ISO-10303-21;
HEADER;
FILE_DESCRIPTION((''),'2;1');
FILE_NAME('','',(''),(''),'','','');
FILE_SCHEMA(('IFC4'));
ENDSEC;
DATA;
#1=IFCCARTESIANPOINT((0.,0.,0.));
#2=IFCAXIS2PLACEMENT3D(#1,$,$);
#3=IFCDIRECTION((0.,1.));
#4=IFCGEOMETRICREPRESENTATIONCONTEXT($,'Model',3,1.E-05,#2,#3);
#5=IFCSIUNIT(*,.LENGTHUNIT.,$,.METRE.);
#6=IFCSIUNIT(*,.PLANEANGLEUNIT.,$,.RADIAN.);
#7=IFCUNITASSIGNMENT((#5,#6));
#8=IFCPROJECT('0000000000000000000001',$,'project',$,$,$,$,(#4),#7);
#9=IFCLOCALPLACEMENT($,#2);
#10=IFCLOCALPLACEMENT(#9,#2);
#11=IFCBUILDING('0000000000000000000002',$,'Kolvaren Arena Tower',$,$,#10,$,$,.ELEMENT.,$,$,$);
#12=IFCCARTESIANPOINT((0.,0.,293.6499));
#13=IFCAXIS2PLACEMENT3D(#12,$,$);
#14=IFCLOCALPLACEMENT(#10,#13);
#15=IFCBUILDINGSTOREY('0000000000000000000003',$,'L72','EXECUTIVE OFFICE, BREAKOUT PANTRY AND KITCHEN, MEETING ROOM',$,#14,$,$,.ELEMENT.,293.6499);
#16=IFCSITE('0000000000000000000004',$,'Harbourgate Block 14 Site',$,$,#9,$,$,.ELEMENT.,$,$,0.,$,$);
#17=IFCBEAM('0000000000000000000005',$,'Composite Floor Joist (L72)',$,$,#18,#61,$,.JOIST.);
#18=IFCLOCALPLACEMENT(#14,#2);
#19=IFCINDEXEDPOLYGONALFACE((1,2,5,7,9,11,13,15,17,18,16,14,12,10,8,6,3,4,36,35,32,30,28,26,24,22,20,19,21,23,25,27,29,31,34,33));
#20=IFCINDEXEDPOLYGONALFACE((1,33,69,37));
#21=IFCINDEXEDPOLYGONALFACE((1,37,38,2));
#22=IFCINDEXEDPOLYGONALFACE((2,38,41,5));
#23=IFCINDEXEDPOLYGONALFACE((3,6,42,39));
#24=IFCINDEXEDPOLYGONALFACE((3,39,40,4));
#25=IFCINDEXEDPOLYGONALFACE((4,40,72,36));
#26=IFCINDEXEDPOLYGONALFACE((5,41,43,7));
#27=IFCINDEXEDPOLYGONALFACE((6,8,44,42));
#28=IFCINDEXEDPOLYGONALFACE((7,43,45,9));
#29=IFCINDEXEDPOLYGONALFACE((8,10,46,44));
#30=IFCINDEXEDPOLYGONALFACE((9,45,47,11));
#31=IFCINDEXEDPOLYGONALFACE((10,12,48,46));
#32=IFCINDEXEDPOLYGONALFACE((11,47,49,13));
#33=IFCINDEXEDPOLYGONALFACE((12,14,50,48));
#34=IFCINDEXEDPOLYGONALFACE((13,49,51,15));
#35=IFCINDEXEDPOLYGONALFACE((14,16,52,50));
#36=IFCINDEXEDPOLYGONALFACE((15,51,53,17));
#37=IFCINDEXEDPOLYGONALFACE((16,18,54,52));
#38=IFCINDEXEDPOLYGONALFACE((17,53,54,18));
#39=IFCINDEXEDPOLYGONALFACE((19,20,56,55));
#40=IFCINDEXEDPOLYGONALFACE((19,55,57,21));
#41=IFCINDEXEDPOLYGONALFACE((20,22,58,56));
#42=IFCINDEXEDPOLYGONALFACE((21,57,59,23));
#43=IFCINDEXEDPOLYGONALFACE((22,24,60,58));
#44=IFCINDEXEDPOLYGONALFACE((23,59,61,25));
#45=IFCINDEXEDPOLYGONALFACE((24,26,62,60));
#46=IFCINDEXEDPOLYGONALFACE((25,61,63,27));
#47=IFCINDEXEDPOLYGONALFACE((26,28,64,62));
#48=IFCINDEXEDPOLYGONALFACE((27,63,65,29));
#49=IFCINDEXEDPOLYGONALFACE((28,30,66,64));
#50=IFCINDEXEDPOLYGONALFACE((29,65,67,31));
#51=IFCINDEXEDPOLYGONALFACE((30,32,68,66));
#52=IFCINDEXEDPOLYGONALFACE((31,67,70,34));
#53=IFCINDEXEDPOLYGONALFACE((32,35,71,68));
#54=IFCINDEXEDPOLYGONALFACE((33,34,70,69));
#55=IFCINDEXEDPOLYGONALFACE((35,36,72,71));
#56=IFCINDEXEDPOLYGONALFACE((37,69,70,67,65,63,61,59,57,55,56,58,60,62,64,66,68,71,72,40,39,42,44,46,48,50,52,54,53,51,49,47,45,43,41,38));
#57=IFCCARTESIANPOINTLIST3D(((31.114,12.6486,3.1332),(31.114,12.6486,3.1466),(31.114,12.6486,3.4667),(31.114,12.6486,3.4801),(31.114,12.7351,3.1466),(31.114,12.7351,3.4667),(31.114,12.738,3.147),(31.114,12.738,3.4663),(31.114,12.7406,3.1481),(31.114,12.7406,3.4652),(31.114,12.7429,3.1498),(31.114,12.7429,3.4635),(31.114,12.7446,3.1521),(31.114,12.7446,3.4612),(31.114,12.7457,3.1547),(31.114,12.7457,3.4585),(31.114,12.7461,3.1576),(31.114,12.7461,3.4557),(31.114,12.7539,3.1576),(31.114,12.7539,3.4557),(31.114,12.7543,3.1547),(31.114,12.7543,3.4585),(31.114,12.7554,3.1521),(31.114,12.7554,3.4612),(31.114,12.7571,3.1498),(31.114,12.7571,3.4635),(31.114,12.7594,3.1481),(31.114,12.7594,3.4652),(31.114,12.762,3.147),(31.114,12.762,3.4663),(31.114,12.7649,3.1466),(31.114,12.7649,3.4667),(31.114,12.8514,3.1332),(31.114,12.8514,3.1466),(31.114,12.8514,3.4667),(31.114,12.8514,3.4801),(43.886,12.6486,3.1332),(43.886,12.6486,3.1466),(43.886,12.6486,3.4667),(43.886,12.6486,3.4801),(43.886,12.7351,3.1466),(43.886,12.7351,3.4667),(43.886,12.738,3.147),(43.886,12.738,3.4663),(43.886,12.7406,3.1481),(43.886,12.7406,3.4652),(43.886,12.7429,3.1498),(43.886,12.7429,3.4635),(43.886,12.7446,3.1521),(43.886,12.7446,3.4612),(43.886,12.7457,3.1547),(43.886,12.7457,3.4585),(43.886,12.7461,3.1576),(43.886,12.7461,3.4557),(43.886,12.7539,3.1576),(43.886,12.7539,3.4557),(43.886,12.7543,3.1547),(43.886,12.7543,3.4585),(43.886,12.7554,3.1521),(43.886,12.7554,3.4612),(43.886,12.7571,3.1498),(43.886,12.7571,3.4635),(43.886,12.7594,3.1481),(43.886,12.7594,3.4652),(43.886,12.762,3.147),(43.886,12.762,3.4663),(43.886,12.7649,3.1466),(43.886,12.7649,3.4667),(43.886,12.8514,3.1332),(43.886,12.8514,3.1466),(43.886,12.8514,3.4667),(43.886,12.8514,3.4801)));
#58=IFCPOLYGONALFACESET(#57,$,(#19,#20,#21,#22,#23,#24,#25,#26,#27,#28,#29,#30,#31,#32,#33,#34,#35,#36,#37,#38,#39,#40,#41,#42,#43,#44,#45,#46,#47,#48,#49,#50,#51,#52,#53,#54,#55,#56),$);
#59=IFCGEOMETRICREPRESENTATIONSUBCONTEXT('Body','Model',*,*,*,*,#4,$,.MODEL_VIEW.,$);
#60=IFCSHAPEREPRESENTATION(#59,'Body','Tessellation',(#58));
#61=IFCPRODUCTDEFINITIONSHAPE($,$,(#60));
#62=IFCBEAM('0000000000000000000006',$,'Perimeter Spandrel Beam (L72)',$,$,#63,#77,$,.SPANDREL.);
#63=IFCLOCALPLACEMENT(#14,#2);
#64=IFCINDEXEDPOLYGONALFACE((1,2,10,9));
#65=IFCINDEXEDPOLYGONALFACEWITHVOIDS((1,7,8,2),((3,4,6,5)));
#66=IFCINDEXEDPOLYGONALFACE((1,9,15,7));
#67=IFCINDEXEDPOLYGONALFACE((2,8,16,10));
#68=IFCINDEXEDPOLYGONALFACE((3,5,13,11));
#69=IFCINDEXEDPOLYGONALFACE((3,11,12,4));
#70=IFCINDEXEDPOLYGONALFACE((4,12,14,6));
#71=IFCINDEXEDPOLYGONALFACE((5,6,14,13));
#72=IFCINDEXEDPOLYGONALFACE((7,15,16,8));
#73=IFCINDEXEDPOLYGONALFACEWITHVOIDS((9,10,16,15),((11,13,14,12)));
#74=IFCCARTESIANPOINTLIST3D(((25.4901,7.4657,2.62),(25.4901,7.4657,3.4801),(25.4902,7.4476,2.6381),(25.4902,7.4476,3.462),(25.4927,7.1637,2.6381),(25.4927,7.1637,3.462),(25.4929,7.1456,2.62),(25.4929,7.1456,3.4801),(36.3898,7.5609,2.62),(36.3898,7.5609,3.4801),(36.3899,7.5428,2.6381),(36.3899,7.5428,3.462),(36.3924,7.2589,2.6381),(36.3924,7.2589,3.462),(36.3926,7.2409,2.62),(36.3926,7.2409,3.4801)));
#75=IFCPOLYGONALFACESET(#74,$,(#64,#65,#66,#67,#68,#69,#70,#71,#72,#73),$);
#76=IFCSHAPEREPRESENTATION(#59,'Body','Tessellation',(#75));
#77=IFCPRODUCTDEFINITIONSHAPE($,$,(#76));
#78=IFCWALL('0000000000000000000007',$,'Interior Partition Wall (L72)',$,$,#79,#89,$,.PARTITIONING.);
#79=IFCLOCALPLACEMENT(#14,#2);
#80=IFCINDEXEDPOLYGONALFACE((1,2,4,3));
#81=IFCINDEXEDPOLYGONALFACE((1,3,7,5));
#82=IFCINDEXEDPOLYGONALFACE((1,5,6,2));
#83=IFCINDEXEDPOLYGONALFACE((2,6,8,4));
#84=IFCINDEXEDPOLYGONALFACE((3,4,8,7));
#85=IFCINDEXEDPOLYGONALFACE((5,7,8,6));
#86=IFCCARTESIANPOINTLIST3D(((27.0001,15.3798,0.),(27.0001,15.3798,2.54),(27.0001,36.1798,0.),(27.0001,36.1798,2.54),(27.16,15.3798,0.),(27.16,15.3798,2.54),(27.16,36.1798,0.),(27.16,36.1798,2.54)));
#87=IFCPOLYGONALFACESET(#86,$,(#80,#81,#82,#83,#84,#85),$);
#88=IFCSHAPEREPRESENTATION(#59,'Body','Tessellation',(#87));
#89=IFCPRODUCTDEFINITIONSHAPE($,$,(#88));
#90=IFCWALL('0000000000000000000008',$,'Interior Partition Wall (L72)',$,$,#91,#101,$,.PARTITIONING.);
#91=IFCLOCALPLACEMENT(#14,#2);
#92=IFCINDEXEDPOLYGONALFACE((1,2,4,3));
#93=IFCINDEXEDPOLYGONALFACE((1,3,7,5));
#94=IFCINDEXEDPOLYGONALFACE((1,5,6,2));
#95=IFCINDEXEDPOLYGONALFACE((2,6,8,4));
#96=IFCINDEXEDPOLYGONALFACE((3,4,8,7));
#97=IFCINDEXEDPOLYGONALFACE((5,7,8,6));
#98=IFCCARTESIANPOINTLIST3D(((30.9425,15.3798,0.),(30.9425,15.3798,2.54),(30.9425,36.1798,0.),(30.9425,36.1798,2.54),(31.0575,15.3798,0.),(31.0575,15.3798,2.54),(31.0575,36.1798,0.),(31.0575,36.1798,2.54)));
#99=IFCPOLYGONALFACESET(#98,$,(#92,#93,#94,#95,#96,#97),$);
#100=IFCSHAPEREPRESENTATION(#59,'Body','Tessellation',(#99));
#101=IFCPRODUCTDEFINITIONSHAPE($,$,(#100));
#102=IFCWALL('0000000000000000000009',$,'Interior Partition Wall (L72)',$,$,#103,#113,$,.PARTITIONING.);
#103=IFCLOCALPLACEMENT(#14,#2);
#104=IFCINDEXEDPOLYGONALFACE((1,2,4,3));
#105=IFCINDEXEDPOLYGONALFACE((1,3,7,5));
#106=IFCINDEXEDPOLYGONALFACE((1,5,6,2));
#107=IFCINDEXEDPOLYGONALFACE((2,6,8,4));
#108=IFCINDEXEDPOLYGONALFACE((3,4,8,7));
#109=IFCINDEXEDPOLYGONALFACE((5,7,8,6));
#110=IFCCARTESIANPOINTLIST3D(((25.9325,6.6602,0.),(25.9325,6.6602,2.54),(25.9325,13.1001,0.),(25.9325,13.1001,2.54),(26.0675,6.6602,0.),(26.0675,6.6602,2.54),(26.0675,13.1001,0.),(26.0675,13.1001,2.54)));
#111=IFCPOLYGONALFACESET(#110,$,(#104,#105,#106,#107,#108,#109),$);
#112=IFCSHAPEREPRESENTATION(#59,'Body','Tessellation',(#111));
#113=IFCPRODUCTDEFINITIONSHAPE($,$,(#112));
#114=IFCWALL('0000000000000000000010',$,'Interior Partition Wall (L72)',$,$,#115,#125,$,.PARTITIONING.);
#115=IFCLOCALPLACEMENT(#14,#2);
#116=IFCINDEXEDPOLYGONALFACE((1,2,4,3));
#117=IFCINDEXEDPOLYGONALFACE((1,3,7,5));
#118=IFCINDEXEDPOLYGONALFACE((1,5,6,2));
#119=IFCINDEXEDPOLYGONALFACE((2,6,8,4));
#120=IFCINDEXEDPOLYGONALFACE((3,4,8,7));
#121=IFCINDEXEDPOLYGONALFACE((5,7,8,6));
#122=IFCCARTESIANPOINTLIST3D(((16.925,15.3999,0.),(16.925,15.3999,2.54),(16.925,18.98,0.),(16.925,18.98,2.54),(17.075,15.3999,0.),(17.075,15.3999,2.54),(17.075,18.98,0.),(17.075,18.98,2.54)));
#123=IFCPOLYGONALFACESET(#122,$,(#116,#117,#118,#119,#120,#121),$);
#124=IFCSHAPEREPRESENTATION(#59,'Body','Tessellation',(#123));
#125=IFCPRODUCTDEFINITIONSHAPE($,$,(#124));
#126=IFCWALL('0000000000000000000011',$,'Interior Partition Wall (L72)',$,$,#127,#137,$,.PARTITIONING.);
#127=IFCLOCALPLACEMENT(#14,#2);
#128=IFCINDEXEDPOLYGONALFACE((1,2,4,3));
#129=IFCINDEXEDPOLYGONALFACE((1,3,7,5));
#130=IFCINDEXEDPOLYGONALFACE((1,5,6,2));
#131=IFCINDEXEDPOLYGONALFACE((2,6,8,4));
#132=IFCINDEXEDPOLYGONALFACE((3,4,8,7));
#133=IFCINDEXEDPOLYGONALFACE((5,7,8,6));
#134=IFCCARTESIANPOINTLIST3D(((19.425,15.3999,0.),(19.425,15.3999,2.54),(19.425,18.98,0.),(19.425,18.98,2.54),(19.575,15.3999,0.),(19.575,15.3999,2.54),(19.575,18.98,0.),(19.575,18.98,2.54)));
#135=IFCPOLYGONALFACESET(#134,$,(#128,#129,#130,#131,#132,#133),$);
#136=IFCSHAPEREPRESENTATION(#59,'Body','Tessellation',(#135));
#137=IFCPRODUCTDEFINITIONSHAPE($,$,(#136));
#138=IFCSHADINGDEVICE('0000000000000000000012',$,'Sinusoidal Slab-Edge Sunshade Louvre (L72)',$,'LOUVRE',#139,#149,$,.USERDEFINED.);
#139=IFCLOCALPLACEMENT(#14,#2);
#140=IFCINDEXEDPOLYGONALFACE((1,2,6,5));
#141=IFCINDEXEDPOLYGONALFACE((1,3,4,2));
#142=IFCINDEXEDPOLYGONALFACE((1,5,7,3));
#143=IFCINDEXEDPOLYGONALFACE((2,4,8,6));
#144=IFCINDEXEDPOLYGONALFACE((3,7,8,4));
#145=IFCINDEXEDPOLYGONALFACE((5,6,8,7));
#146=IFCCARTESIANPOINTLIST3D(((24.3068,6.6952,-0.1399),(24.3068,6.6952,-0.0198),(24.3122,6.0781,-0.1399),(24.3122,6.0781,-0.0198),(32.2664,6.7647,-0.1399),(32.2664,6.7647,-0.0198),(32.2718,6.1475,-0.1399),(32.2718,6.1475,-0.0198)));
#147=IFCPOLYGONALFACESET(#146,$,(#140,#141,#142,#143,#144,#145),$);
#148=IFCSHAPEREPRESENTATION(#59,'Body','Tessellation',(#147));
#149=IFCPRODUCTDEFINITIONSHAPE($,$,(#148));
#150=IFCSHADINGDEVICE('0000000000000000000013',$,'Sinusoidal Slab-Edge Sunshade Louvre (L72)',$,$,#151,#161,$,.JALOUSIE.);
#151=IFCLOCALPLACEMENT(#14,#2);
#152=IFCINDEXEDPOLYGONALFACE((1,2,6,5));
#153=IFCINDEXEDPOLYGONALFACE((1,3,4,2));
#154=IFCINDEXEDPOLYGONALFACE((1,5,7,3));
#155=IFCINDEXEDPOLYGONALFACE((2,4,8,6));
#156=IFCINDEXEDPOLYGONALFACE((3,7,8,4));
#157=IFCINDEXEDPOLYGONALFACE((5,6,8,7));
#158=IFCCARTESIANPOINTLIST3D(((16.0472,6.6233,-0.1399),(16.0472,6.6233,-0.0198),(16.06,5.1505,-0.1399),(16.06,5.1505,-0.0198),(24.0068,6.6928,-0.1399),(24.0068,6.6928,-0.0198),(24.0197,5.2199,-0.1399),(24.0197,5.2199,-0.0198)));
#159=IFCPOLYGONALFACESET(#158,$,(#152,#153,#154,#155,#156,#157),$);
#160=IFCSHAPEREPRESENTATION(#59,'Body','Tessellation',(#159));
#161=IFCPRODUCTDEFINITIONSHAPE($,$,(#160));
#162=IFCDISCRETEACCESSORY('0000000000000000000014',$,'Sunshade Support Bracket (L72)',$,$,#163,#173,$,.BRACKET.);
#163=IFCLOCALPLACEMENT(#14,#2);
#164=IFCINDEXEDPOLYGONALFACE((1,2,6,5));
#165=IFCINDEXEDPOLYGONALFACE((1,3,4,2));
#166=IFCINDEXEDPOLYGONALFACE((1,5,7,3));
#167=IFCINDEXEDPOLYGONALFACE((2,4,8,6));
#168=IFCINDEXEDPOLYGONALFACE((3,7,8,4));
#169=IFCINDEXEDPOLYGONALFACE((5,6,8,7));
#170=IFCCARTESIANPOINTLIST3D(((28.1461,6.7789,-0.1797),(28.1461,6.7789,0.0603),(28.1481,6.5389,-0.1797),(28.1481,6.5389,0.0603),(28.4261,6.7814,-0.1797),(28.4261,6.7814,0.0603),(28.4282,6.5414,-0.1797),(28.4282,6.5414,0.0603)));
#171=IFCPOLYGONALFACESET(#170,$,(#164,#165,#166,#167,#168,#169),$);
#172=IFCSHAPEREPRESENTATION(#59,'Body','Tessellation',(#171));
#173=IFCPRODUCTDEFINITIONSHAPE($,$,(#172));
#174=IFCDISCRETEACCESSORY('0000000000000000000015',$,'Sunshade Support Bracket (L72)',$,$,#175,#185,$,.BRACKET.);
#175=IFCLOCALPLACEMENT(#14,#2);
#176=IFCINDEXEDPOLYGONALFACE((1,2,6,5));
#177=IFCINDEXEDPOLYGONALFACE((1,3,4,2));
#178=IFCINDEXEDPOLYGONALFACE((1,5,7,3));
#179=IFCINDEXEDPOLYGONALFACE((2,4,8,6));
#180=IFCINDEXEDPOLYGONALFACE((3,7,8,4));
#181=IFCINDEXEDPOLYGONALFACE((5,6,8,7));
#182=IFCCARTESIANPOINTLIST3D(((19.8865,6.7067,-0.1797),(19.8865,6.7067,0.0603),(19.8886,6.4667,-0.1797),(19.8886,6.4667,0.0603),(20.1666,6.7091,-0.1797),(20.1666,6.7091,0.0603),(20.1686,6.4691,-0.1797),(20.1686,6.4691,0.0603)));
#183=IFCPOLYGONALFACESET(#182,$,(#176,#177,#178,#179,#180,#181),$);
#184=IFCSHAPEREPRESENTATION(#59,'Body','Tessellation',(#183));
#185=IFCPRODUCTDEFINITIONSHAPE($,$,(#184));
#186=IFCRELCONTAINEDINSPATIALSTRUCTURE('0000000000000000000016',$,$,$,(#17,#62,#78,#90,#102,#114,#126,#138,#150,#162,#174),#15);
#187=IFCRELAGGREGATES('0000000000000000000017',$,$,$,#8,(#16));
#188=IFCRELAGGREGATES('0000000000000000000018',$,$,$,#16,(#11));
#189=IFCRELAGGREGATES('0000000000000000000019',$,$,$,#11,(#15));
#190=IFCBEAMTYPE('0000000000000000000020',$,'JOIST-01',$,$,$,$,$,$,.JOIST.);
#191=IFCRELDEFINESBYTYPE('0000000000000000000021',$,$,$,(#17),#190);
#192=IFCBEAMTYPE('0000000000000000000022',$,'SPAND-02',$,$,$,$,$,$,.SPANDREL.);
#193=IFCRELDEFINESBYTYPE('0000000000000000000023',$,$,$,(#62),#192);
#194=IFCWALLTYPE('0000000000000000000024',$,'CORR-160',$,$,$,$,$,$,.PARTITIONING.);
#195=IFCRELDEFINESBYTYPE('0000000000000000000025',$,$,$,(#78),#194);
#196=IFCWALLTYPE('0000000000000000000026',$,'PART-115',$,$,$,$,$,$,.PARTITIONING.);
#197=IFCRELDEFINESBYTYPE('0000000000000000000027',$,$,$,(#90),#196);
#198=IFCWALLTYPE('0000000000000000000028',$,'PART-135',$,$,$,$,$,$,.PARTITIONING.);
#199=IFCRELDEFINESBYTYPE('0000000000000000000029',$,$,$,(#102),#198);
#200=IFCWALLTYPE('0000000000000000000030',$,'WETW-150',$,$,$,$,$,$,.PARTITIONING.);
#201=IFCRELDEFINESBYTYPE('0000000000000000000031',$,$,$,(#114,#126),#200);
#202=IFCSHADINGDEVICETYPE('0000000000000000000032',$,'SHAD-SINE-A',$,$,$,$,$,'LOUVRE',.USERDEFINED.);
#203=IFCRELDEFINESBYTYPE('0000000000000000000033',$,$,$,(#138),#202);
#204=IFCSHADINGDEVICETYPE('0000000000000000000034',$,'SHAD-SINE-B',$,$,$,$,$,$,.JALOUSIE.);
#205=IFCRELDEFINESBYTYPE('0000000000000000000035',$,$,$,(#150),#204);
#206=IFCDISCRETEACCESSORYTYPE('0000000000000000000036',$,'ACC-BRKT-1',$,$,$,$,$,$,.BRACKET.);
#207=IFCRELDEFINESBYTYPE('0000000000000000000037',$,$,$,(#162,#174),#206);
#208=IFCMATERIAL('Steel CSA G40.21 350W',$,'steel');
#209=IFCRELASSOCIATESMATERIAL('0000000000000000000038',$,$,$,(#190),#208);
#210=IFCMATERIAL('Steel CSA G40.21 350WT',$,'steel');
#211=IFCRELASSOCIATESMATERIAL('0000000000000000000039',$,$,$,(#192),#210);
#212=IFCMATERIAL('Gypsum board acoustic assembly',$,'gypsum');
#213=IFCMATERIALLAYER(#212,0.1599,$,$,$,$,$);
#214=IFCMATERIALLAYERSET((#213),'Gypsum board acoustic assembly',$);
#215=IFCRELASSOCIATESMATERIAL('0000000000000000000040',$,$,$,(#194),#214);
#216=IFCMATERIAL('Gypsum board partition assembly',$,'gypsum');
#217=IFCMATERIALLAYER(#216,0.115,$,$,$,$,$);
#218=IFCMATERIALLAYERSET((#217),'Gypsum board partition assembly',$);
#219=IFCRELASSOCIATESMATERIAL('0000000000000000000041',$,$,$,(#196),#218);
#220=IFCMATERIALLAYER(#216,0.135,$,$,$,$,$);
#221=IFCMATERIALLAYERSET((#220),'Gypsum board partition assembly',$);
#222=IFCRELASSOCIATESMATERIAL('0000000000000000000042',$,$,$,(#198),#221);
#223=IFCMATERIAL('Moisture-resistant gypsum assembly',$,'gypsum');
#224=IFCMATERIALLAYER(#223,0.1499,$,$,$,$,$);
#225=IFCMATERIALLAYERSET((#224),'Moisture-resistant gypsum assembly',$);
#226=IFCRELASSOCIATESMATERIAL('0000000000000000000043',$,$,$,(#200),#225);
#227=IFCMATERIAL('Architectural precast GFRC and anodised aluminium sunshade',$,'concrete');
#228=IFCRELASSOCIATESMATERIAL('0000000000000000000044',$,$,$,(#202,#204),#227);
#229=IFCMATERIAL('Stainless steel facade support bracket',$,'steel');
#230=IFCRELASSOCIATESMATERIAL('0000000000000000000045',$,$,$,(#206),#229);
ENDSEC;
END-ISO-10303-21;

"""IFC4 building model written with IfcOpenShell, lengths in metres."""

from ifc_helpers import new_model, si_unit, direction, frame, frame_2d, origin, origin_2d, place, context, subcontext, project, spatial, rectangle, hollow_rectangle, i_section, extrude, material, layer, layer_set, material_profile, profile_set, type_object, element, save


model = new_model("IFC4")

# Units and contexts
model_context = context("Model", 3, precision=1e-05, world=origin(), true_north=direction((0.0, 1.0)))
body_context = subcontext(model_context, "Body", "Model", "MODEL_VIEW")
ifc_project = project(units=[si_unit("LENGTHUNIT", "METRE"), si_unit("PLANEANGLEUNIT", "RADIAN")], contexts=[model_context])

# Site, building, storey
site_placement = place(None, origin())
site = spatial("IfcSite", under=ifc_project, at=site_placement, Name="Harbourgate Block 14 Site", CompositionType="ELEMENT", RefElevation=0.0)
building_placement = place(site_placement, origin())
building = spatial("IfcBuilding", under=site, at=building_placement, Name="Kolvaren Arena Tower", CompositionType="ELEMENT")
storey_placement = place(building_placement, frame((0.0, 0.0, 293.6499)))
storey = spatial("IfcBuildingStorey", under=building, at=storey_placement, Name="L72", Description="EXECUTIVE OFFICE, BREAKOUT PANTRY AND KITCHEN, MEETING ROOM", CompositionType="ELEMENT", Elevation=293.6499)

# Beams
ifc_material_1 = material(Name="Steel CSA G40.21 350W", Category="steel")
ifc_material_profile_1 = material_profile(ifc_material_1, i_section(OverallWidth=0.2029, OverallDepth=0.3469, WebThickness=0.0078, FlangeThickness=0.0134, FilletRadius=0.011, at=origin_2d()), Name="W360x64")
ifc_profile_set_1 = profile_set([ifc_material_profile_1], Name="Steel CSA G40.21 350W")
beam_type_1 = type_object("IfcBeamType", Name="JOIST-01", PredefinedType="JOIST", material=ifc_profile_set_1)
beam_1_placement = place(storey_placement, frame((31.114, 12.75, 3.3066), z_axis=(1.0, 0.0, 0.0), x_axis=(0.0, 1.0, 0.0)))
element("IfcBeam", 1, at=beam_1_placement, inside=storey, type_object=beam_type_1, Name="Composite Floor Joist (L72)", PredefinedType="JOIST", context=body_context, shape_type="SweptSolid", body=[
    extrude(i_section(OverallWidth=0.2029, OverallDepth=0.3469, WebThickness=0.0078, FlangeThickness=0.0134, FilletRadius=0.011, at=origin_2d()), origin(), (0.0, 0.0, 1.0), 12.772),
])
ifc_material_2 = material(Name="Steel CSA G40.21 350WT", Category="steel")
ifc_material_profile_2 = material_profile(ifc_material_2, hollow_rectangle(XDim=0.3201, YDim=0.8601, WallThickness=0.0181, at=origin_2d()), Name="HSS 860x320x18")
ifc_profile_set_2 = profile_set([ifc_material_profile_2], Name="Steel CSA G40.21 350WT")
beam_type_2 = type_object("IfcBeamType", Name="SPAND-02", PredefinedType="SPANDREL", material=ifc_profile_set_2)
beam_2_placement = place(storey_placement, frame((25.4915, 7.3057, 3.05), z_axis=(0.999962, 0.008735, 0.0), x_axis=(-0.008735, 0.999962, 0.0)))
element("IfcBeam", 2, at=beam_2_placement, inside=storey, type_object=beam_type_2, Name="Perimeter Spandrel Beam (L72)", PredefinedType="SPANDREL", context=body_context, shape_type="SweptSolid", body=[
    extrude(hollow_rectangle(XDim=0.3201, YDim=0.8601, WallThickness=0.0181, at=origin_2d()), origin(), (0.0, 0.0, 1.0), 10.9001),
])

# Shared definitions
ifc_material_3 = material(Name="Gypsum board acoustic assembly", Category="gypsum")
ifc_layer_1 = layer(ifc_material_3, 0.1599)
ifc_layer_set_1 = layer_set([ifc_layer_1], Name="Gypsum board acoustic assembly")
wall_type_1 = type_object("IfcWallType", Name="CORR-160", PredefinedType="PARTITIONING", material=ifc_layer_set_1)

# Walls
wall_1_placement = place(storey_placement, frame((27.0801, 15.3799, 0.0), z_axis=(0.0, 0.0, 1.0), x_axis=(0.0, 1.0, 0.0)))
element("IfcWall", 3, at=wall_1_placement, inside=storey, type_object=wall_type_1, Name="Interior Partition Wall (L72)", PredefinedType="PARTITIONING", context=body_context, shape_type="SweptSolid", body=[
    extrude(rectangle(XDim=20.8, YDim=0.1599, at=frame_2d((10.3999, 0.0))), origin(), (0.0, 0.0, 1.0), 2.54),
])
ifc_material_4 = material(Name="Gypsum board partition assembly", Category="gypsum")
ifc_layer_2 = layer(ifc_material_4, 0.115)
ifc_layer_set_2 = layer_set([ifc_layer_2], Name="Gypsum board partition assembly")
wall_type_2 = type_object("IfcWallType", Name="PART-115", PredefinedType="PARTITIONING", material=ifc_layer_set_2)
wall_2_placement = place(storey_placement, frame((31.0, 15.3799, 0.0), z_axis=(0.0, 0.0, 1.0), x_axis=(0.0, 1.0, 0.0)))
element("IfcWall", 4, at=wall_2_placement, inside=storey, type_object=wall_type_2, Name="Interior Partition Wall (L72)", PredefinedType="PARTITIONING", context=body_context, shape_type="SweptSolid", body=[
    extrude(rectangle(XDim=20.8, YDim=0.115, at=frame_2d((10.3999, 0.0))), origin(), (0.0, 0.0, 1.0), 2.54),
])
ifc_layer_3 = layer(ifc_material_4, 0.135)
ifc_layer_set_3 = layer_set([ifc_layer_3], Name="Gypsum board partition assembly")
wall_type_3 = type_object("IfcWallType", Name="PART-135", PredefinedType="PARTITIONING", material=ifc_layer_set_3)
wall_3_placement = place(storey_placement, frame((26.0, 6.6602, 0.0), z_axis=(0.0, 0.0, 1.0), x_axis=(0.0, 1.0, 0.0)))
element("IfcWall", 5, at=wall_3_placement, inside=storey, type_object=wall_type_3, Name="Interior Partition Wall (L72)", PredefinedType="PARTITIONING", context=body_context, shape_type="SweptSolid", body=[
    extrude(rectangle(XDim=6.4399, YDim=0.135, at=frame_2d((3.22, 0.0))), origin(), (0.0, 0.0, 1.0), 2.54),
])
ifc_material_5 = material(Name="Moisture-resistant gypsum assembly", Category="gypsum")
ifc_layer_4 = layer(ifc_material_5, 0.1499)
ifc_layer_set_4 = layer_set([ifc_layer_4], Name="Moisture-resistant gypsum assembly")
wall_type_4 = type_object("IfcWallType", Name="WETW-150", PredefinedType="PARTITIONING", material=ifc_layer_set_4)
for number, where, z_axis, x_axis, name in (
    (6, (17.0, 15.3999, 0.0), (0.0, 0.0, 1.0), (0.0, 1.0, 0.0), "Interior Partition Wall (L72)"),
    (7, (19.5, 15.3999, 0.0), (0.0, 0.0, 1.0), (0.0, 1.0, 0.0), "Interior Partition Wall (L72)"),
):
    element("IfcWall", number, at=place(storey_placement, frame(where, z_axis=z_axis, x_axis=x_axis)), inside=storey, type_object=wall_type_4, Name=name, PredefinedType="PARTITIONING", context=body_context, shape_type="SweptSolid", body=[
        extrude(rectangle(XDim=3.5801, YDim=0.1499, at=frame_2d((1.79, 0.0))), origin(), (0.0, 0.0, 1.0), 2.54),
    ])

# Shading devices
ifc_material_6 = material(Name="Architectural precast GFRC and anodised aluminium sunshade", Category="concrete")
shading_device_type_1 = type_object("IfcShadingDeviceType", Name="SHAD-SINE-A", ElementType="LOUVRE", PredefinedType="USERDEFINED", material=ifc_material_6)
shading_device_1_placement = place(storey_placement, frame((28.2893, 6.4214, -0.1399), z_axis=(0.0, 0.0, 1.0), x_axis=(-0.999962, -0.008727, 0.0)))
element("IfcShadingDevice", 8, at=shading_device_1_placement, inside=storey, type_object=shading_device_type_1, Name="Sinusoidal Slab-Edge Sunshade Louvre (L72)", ObjectType="LOUVRE", PredefinedType="USERDEFINED", context=body_context, shape_type="SweptSolid", body=[
    extrude(rectangle(XDim=7.96, YDim=0.6172, at=origin_2d()), origin(), (0.0, 0.0, 1.0), 0.1201),
])
shading_device_type_2 = type_object("IfcShadingDeviceType", Name="SHAD-SINE-B", PredefinedType="JALOUSIE", material=ifc_material_6)
shading_device_2_placement = place(storey_placement, frame((20.0334, 5.9216, -0.1399), z_axis=(0.0, 0.0, 1.0), x_axis=(-0.999962, -0.008727, 0.0)))
element("IfcShadingDevice", 9, at=shading_device_2_placement, inside=storey, type_object=shading_device_type_2, Name="Sinusoidal Slab-Edge Sunshade Louvre (L72)", PredefinedType="JALOUSIE", context=body_context, shape_type="SweptSolid", body=[
    extrude(rectangle(XDim=7.96, YDim=1.4729, at=origin_2d()), origin(), (0.0, 0.0, 1.0), 0.1201),
])

# Discrete accessories
ifc_material_7 = material(Name="Stainless steel facade support bracket", Category="steel")
discrete_accessory_type = type_object("IfcDiscreteAccessoryType", Name="ACC-BRKT-1", PredefinedType="BRACKET", material=ifc_material_7)
for number, where, z_axis, x_axis, name in (
    (10, (28.2871, 6.6602, -0.1797), (0.0, 0.0, 1.0), (-0.999962, -0.008727, 0.0), "Sunshade Support Bracket (L72)"),
    (11, (20.0276, 6.5879, -0.1797), (0.0, 0.0, 1.0), (-0.999962, -0.008727, 0.0), "Sunshade Support Bracket (L72)"),
):
    element("IfcDiscreteAccessory", number, at=place(storey_placement, frame(where, z_axis=z_axis, x_axis=x_axis)), inside=storey, type_object=discrete_accessory_type, Name=name, PredefinedType="BRACKET", context=body_context, shape_type="SweptSolid", body=[
        extrude(rectangle(XDim=0.28, YDim=0.24, at=origin_2d()), origin(), (0.0, 0.0, 1.0), 0.24),
    ])

save(model, "model.ifc")
